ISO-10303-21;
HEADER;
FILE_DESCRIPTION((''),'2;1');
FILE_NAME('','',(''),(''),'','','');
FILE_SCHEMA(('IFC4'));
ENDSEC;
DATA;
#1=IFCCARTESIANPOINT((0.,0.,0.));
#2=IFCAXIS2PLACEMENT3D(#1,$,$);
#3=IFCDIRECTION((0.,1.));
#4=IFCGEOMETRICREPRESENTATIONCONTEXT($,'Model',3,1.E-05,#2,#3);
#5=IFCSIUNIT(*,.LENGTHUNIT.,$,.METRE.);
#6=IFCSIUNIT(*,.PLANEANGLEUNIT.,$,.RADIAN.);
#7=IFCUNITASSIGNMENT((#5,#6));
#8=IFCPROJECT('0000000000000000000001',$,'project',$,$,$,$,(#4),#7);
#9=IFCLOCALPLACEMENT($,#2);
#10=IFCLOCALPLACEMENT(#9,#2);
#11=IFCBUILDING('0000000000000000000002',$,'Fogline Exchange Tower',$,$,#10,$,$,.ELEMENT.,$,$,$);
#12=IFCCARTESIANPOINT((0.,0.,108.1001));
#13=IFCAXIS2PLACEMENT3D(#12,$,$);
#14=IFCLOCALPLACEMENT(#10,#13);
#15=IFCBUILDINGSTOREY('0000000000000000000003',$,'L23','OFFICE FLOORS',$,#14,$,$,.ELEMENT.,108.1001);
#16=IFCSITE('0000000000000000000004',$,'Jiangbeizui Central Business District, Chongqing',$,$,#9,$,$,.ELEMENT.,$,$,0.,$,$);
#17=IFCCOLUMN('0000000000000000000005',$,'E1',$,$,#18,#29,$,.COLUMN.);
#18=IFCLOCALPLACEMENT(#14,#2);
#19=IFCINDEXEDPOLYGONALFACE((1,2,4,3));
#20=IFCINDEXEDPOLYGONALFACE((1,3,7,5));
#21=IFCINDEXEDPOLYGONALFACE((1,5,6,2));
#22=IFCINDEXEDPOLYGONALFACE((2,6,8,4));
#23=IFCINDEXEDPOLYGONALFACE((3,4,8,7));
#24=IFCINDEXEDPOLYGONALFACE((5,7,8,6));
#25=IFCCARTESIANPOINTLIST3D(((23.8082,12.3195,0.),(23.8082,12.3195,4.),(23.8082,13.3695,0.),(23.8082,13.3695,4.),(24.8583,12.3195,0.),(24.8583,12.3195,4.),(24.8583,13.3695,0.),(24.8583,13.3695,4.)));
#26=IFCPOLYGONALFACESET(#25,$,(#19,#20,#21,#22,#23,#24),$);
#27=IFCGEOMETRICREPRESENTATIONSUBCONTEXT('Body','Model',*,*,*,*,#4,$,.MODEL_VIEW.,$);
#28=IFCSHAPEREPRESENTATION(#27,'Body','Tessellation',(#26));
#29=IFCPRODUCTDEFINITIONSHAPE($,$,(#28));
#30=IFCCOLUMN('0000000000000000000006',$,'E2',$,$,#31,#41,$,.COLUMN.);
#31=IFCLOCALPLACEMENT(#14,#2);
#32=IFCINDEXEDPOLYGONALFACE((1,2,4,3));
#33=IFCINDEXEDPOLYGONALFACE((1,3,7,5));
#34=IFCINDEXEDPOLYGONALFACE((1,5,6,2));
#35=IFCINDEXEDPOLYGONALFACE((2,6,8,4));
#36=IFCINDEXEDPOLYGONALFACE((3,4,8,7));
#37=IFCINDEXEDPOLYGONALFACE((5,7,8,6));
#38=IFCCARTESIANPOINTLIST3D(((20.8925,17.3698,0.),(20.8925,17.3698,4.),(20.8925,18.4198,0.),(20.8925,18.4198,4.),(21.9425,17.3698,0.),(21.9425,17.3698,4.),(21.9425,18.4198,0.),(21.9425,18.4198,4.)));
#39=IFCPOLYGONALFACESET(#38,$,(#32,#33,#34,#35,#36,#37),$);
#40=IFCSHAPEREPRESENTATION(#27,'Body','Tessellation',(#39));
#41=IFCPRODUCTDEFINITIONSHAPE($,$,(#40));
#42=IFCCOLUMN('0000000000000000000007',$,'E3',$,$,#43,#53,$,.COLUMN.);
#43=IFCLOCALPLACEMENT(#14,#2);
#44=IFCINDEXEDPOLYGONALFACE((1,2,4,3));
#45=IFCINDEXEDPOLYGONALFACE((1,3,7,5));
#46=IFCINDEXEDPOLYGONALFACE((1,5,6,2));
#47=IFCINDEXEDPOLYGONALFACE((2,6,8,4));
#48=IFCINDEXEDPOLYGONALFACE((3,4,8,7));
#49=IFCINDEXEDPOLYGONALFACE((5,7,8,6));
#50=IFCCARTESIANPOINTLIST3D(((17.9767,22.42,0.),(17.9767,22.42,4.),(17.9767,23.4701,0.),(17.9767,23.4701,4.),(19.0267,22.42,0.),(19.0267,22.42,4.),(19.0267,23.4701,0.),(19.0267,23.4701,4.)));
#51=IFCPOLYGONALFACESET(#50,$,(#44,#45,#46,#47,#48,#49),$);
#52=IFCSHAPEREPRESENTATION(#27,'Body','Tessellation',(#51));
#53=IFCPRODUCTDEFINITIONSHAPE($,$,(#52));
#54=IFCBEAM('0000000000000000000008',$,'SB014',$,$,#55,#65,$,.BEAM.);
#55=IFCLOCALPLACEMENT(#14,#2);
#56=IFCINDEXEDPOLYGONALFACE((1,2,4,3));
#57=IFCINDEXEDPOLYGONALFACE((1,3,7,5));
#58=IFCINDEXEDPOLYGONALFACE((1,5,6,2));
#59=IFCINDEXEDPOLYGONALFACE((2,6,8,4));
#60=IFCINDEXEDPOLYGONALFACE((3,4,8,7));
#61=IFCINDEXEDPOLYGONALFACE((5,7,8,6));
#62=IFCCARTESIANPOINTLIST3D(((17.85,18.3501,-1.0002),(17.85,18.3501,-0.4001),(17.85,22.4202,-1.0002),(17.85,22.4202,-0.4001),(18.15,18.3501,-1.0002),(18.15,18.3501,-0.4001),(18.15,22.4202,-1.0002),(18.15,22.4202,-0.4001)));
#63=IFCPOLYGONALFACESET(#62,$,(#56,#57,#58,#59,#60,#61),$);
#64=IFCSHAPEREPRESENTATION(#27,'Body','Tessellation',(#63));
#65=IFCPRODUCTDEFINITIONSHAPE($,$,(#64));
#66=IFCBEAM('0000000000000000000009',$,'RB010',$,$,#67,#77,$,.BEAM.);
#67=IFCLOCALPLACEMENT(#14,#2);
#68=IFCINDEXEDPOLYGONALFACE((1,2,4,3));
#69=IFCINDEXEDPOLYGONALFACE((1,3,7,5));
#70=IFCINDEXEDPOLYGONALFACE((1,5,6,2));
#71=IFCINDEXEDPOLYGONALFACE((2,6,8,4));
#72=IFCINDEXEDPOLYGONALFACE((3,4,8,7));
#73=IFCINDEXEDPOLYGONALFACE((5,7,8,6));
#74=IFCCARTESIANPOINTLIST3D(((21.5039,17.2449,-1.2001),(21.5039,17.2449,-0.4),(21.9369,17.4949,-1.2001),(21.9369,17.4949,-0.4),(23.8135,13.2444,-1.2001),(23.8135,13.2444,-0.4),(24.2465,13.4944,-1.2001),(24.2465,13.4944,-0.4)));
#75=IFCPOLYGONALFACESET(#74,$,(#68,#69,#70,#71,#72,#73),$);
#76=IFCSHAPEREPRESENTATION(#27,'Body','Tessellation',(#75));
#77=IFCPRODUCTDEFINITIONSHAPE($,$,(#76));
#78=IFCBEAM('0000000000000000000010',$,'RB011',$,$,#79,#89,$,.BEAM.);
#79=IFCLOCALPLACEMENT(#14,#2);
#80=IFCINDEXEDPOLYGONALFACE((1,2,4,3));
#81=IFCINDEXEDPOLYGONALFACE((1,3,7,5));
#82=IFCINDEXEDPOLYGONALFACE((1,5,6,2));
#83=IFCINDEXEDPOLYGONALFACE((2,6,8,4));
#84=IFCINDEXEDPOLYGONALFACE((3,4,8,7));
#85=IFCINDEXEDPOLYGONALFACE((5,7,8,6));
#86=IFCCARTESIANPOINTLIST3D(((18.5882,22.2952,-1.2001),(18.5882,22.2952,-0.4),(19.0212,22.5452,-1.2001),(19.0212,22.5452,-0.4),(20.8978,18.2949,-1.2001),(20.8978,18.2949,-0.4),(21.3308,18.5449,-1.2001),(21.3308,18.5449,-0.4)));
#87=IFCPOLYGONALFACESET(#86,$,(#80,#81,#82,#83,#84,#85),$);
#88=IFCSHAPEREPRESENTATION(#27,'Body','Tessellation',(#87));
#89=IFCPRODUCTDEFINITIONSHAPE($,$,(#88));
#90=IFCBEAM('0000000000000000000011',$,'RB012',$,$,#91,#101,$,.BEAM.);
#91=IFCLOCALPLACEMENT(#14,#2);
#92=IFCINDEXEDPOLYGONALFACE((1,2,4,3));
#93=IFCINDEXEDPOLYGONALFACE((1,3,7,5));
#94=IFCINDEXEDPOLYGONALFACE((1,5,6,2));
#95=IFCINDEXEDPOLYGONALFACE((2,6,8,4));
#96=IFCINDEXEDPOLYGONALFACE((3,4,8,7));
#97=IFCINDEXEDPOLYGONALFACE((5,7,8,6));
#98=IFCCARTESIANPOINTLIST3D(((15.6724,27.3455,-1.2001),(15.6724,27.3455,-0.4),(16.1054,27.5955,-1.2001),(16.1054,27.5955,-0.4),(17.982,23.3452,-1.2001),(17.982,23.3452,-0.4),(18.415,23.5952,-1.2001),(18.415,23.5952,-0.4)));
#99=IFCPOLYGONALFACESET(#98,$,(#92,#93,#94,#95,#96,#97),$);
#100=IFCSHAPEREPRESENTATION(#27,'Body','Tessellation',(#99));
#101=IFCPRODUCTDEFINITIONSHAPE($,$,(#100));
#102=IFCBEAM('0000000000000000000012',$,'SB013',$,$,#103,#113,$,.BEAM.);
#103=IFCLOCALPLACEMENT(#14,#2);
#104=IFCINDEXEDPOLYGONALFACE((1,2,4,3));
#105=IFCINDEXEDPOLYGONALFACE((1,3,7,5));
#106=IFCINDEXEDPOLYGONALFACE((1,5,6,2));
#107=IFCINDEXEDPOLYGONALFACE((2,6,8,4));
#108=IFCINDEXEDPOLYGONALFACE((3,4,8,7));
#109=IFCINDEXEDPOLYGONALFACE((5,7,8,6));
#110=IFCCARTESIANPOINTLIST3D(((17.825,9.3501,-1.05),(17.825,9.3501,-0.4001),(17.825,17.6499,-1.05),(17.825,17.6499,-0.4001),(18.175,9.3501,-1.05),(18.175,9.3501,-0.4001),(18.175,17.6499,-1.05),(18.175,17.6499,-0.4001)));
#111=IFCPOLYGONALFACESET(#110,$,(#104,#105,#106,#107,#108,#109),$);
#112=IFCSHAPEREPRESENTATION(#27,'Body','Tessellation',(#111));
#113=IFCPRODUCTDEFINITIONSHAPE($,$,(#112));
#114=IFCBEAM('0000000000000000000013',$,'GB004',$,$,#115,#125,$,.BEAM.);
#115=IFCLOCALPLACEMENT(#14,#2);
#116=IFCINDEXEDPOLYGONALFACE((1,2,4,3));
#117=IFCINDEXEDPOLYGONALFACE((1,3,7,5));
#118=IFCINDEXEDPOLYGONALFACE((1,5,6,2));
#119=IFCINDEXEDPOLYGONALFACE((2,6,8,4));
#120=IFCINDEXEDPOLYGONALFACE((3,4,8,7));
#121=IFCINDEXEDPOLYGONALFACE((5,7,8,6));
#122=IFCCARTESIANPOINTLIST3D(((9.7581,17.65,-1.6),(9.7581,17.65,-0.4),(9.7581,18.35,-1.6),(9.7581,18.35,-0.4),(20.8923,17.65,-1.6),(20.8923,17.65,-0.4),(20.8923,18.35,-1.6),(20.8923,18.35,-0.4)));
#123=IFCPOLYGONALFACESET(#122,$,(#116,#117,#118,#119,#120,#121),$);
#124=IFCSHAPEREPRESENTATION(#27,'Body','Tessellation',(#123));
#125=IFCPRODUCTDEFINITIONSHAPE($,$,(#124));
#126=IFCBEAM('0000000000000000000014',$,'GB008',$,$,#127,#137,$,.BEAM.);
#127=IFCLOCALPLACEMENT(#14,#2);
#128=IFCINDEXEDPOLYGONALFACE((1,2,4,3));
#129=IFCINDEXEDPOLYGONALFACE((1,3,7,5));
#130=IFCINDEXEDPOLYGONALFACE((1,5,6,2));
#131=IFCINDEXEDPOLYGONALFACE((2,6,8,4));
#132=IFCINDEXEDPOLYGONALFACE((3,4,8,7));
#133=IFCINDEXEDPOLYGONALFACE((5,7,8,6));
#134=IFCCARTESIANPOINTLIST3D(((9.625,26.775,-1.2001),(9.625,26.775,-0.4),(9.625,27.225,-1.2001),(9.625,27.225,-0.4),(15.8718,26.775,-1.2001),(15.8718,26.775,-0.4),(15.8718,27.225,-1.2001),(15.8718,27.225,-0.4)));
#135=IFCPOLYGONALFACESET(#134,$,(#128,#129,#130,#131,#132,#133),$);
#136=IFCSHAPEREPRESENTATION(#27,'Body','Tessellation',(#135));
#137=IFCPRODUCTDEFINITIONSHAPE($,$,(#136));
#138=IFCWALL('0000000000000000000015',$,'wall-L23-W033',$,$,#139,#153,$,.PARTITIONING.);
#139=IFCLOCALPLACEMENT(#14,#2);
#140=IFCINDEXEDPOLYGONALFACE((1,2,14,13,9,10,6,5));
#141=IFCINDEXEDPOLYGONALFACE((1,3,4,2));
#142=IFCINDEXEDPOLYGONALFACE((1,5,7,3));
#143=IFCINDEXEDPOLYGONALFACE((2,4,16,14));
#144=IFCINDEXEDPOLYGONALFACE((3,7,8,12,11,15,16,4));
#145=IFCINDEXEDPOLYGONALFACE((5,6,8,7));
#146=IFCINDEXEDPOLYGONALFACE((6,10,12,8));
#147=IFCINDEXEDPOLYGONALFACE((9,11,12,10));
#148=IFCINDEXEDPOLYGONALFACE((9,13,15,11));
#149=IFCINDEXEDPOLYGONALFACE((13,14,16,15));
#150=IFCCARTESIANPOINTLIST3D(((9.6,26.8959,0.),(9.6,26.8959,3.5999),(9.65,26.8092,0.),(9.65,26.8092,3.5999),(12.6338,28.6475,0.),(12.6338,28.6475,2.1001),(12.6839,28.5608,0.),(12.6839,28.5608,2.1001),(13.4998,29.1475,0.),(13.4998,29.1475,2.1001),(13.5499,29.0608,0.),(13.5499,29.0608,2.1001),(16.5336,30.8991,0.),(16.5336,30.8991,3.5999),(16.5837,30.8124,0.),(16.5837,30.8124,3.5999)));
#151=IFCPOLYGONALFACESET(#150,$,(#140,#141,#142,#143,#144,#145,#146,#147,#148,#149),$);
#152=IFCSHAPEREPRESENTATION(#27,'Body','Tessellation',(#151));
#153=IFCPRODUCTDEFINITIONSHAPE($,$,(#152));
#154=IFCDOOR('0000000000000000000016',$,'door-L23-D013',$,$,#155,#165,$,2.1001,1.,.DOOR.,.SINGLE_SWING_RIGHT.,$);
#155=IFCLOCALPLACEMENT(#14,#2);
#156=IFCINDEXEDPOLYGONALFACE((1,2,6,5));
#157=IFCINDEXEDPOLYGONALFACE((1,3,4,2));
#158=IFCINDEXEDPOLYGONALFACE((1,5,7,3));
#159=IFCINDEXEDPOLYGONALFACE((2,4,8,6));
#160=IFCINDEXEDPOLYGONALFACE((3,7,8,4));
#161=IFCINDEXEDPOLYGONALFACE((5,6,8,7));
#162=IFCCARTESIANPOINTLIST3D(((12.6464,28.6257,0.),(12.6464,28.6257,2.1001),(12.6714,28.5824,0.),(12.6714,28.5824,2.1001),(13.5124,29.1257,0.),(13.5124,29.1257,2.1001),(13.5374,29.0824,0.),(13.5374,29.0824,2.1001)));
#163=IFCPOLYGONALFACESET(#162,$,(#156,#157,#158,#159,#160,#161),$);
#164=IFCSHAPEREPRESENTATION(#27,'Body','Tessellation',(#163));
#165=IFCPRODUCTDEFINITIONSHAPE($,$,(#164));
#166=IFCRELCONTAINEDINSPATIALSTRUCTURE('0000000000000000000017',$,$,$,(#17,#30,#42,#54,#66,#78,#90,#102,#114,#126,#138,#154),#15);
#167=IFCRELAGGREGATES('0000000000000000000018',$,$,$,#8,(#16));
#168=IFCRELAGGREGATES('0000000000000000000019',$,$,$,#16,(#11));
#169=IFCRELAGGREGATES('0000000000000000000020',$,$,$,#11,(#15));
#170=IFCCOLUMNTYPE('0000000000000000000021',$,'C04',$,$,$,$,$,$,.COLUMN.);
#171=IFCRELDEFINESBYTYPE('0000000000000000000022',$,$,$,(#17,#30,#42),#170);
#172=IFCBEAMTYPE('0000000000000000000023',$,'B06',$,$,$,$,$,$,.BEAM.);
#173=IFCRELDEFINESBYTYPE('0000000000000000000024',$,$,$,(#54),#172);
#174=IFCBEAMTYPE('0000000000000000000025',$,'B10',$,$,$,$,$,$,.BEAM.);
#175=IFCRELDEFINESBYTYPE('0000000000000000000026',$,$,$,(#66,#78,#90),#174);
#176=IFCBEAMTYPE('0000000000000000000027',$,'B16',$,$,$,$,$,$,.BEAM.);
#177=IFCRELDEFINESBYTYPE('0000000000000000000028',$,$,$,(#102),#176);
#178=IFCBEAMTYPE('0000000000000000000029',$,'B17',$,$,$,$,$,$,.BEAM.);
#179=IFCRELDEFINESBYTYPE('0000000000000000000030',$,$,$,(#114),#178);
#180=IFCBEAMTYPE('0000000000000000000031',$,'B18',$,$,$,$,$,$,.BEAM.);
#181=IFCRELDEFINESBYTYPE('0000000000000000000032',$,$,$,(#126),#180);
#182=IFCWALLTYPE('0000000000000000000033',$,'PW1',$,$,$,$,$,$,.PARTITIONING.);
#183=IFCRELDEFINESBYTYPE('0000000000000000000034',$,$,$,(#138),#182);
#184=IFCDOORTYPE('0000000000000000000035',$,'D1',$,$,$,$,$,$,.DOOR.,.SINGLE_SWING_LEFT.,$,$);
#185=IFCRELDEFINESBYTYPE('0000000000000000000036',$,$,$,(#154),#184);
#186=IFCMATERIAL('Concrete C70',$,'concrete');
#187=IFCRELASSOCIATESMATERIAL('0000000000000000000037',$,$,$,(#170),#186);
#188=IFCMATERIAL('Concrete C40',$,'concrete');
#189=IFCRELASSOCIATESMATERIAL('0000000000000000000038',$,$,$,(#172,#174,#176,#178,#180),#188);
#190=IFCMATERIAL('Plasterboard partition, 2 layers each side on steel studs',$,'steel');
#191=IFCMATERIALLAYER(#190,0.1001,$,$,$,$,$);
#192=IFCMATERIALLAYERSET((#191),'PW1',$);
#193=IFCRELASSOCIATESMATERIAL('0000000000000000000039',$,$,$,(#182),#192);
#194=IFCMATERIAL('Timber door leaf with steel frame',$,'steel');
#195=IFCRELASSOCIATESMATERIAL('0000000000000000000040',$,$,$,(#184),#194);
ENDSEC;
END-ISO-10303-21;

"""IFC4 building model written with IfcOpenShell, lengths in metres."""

from ifc_helpers import new_model, si_unit, direction, frame, frame_2d, origin, origin_2d, place, context, subcontext, project, spatial, rectangle, extrude, material, layer, layer_set, material_profile, profile_set, type_object, element, fill, save


model = new_model("IFC4")

# Units and contexts
model_context = context("Model", 3, precision=1e-05, world=origin(), true_north=direction((0.0, 1.0)))
body_context = subcontext(model_context, "Body", "Model", "MODEL_VIEW")
ifc_project = project(units=[si_unit("LENGTHUNIT", "METRE"), si_unit("PLANEANGLEUNIT", "RADIAN")], contexts=[model_context])

# Site, building, storey
site_placement = place(None, origin())
site = spatial("IfcSite", under=ifc_project, at=site_placement, Name="Jiangbeizui Central Business District, Chongqing", CompositionType="ELEMENT", RefElevation=0.0)
building_placement = place(site_placement, origin())
building = spatial("IfcBuilding", under=site, at=building_placement, Name="Fogline Exchange Tower", CompositionType="ELEMENT")
storey_placement = place(building_placement, frame((0.0, 0.0, 108.1001)))
storey = spatial("IfcBuildingStorey", under=building, at=storey_placement, Name="L23", Description="OFFICE FLOORS", CompositionType="ELEMENT", Elevation=108.1001)

# Columns
ifc_material_1 = material(Name="Concrete C70", Category="concrete")
ifc_material_profile_1 = material_profile(ifc_material_1, rectangle(XDim=1.05, YDim=1.05, at=origin_2d()), Name="RC 1050x1050")
ifc_profile_set_1 = profile_set([ifc_material_profile_1], Name="Concrete C70")
column_type = type_object("IfcColumnType", Name="C04", PredefinedType="COLUMN", material=ifc_profile_set_1)
for number, where, z_axis, x_axis, name in (
    (1, (24.3333, 12.8445, 0.0), (0.0, 0.0, 1.0), (1.0, 0.0, 0.0), "E1"),
    (2, (21.4175, 17.8948, 0.0), (0.0, 0.0, 1.0), (1.0, 0.0, 0.0), "E2"),
    (3, (18.5017, 22.9451, 0.0), (0.0, 0.0, 1.0), (1.0, 0.0, 0.0), "E3"),
):
    element("IfcColumn", number, at=place(storey_placement, frame(where, z_axis=z_axis, x_axis=x_axis)), inside=storey, type_object=column_type, Name=name, PredefinedType="COLUMN", context=body_context, shape_type="SweptSolid", body=[
        extrude(rectangle(XDim=1.05, YDim=1.05, at=origin_2d()), origin(), (0.0, 0.0, 1.0), 4.0),
    ])

# Beams
ifc_material_2 = material(Name="Concrete C40", Category="concrete")
ifc_material_profile_2 = material_profile(ifc_material_2, rectangle(XDim=0.3, YDim=0.6001, at=origin_2d()), Name="RC 300x600")
ifc_profile_set_2 = profile_set([ifc_material_profile_2], Name="Concrete C40")
beam_type_1 = type_object("IfcBeamType", Name="B06", PredefinedType="BEAM", material=ifc_profile_set_2)
beam_1_placement = place(storey_placement, frame((18.0, 18.3501, -0.7002), z_axis=(0.0, 1.0, 0.0), x_axis=(-1.0, 0.0, 0.0)))
element("IfcBeam", 4, at=beam_1_placement, inside=storey, type_object=beam_type_1, Name="SB014", PredefinedType="BEAM", context=body_context, shape_type="SweptSolid", body=[
    extrude(rectangle(XDim=0.3, YDim=0.6001, at=origin_2d()), origin(), (0.0, 0.0, 1.0), 4.0701),
])
ifc_material_profile_3 = material_profile(ifc_material_2, rectangle(XDim=0.5, YDim=0.8, at=origin_2d()), Name="RC 500x800")
ifc_profile_set_3 = profile_set([ifc_material_profile_3], Name="Concrete C40")
beam_type_2 = type_object("IfcBeamType", Name="B10", PredefinedType="BEAM", material=ifc_profile_set_3)
beam_2_placement = place(storey_placement, frame((24.03, 13.3694, -0.8), z_axis=(-0.499982, 0.866036, 0.0), x_axis=(-0.866036, -0.499982, 0.0)))
element("IfcBeam", 5, at=beam_2_placement, inside=storey, type_object=beam_type_2, Name="RB010", PredefinedType="BEAM", context=body_context, shape_type="SweptSolid", body=[
    extrude(rectangle(XDim=0.5, YDim=0.8, at=origin_2d()), origin(), (0.0, 0.0, 1.0), 4.6194),
])
for number, where, z_axis, x_axis, name in (
    (6, (21.1143, 18.4199, -0.8), (-0.500005, 0.866023, 0.0), (-0.866023, -0.500005, 0.0), "RB011"),
    (7, (18.1985, 23.4702, -0.8), (-0.500005, 0.866023, 0.0), (-0.866023, -0.500005, 0.0), "RB012"),
):
    element("IfcBeam", number, at=place(storey_placement, frame(where, z_axis=z_axis, x_axis=x_axis)), inside=storey, type_object=beam_type_2, Name=name, PredefinedType="BEAM", context=body_context, shape_type="SweptSolid", body=[
        extrude(rectangle(XDim=0.5, YDim=0.8, at=origin_2d()), origin(), (0.0, 0.0, 1.0), 4.6191),
    ])
ifc_material_profile_4 = material_profile(ifc_material_2, rectangle(XDim=0.3501, YDim=0.6499, at=origin_2d()), Name="RC 350x650")
ifc_profile_set_4 = profile_set([ifc_material_profile_4], Name="Concrete C40")
beam_type_3 = type_object("IfcBeamType", Name="B16", PredefinedType="BEAM", material=ifc_profile_set_4)
beam_3_placement = place(storey_placement, frame((18.0, 9.3501, -0.7251), z_axis=(0.0, 1.0, 0.0), x_axis=(-1.0, 0.0, 0.0)))
element("IfcBeam", 8, at=beam_3_placement, inside=storey, type_object=beam_type_3, Name="SB013", PredefinedType="BEAM", context=body_context, shape_type="SweptSolid", body=[
    extrude(rectangle(XDim=0.3501, YDim=0.6499, at=origin_2d()), origin(), (0.0, 0.0, 1.0), 8.2998),
])
ifc_material_profile_5 = material_profile(ifc_material_2, rectangle(XDim=0.7, YDim=1.2, at=origin_2d()), Name="RC 700x1200")
ifc_profile_set_5 = profile_set([ifc_material_profile_5], Name="Concrete C40")
beam_type_4 = type_object("IfcBeamType", Name="B17", PredefinedType="BEAM", material=ifc_profile_set_5)
beam_4_placement = place(storey_placement, frame((9.7581, 18.0, -1.0), z_axis=(1.0, 0.0, 0.0), x_axis=(0.0, 1.0, 0.0)))
element("IfcBeam", 9, at=beam_4_placement, inside=storey, type_object=beam_type_4, Name="GB004", PredefinedType="BEAM", context=body_context, shape_type="SweptSolid", body=[
    extrude(rectangle(XDim=0.7, YDim=1.2, at=origin_2d()), origin(), (0.0, 0.0, 1.0), 11.1343),
])
ifc_material_profile_6 = material_profile(ifc_material_2, rectangle(XDim=0.45, YDim=0.8, at=origin_2d()), Name="RC 450x800")
ifc_profile_set_6 = profile_set([ifc_material_profile_6], Name="Concrete C40")
beam_type_5 = type_object("IfcBeamType", Name="B18", PredefinedType="BEAM", material=ifc_profile_set_6)
beam_5_placement = place(storey_placement, frame((9.625, 27.0, -0.8), z_axis=(1.0, 0.0, 0.0), x_axis=(0.0, 1.0, 0.0)))
element("IfcBeam", 10, at=beam_5_placement, inside=storey, type_object=beam_type_5, Name="GB008", PredefinedType="BEAM", context=body_context, shape_type="SweptSolid", body=[
    extrude(rectangle(XDim=0.45, YDim=0.8, at=origin_2d()), origin(), (0.0, 0.0, 1.0), 6.2468),
])

# Wall, opening, door
ifc_material_3 = material(Name="Plasterboard partition, 2 layers each side on steel studs", Category="steel")
ifc_layer_1 = layer(ifc_material_3, 0.1001)
ifc_layer_set_1 = layer_set([ifc_layer_1], Name="PW1")
wall_type_1 = type_object("IfcWallType", Name="PW1", PredefinedType="PARTITIONING", material=ifc_layer_set_1)
wall_1_placement = place(storey_placement, frame((9.625, 26.8525, 0.0), z_axis=(0.0, 0.0, 1.0), x_axis=(0.866022, 0.500006, 0.0)))
wall_1 = element("IfcWall", 11, at=wall_1_placement, inside=storey, type_object=wall_type_1, Name="wall-L23-W033", PredefinedType="PARTITIONING", context=body_context, shape_type="SweptSolid", body=[
    extrude(rectangle(XDim=8.0063, YDim=0.1001, at=frame_2d((4.0032, 0.0))), origin(), (0.0, 0.0, 1.0), 3.5999),
])
opening_1_placement = place(wall_1_placement, frame((3.5032, 0.0, 0.0)))
opening_1 = element("IfcOpeningElement", 12, at=opening_1_placement, cuts=wall_1, PredefinedType="OPENING", context=body_context, shape_type="SweptSolid", body=[
    extrude(rectangle(XDim=1.0, YDim=2.1001, at=frame_2d((0.5, 1.05))), frame((0.0, 0.0601, 0.0), z_axis=(0.0, -1.0, 0.0), x_axis=(1.0, 0.0, 0.0)), (0.0, 0.0, 1.0), 0.1201),
])
ifc_material_4 = material(Name="Timber door leaf with steel frame", Category="steel")
door_type_1 = type_object("IfcDoorType", Name="D1", OperationType="SINGLE_SWING_LEFT", PredefinedType="DOOR", material=ifc_material_4)
door_1_placement = place(opening_1_placement, origin())
door_1 = element("IfcDoor", 13, at=door_1_placement, inside=storey, type_object=door_type_1, Name="door-L23-D013", OperationType="SINGLE_SWING_RIGHT", OverallHeight=2.1001, OverallWidth=1.0, PredefinedType="DOOR", context=body_context, shape_type="SweptSolid", body=[
    extrude(rectangle(XDim=1.0, YDim=2.1001, at=frame_2d((0.5, 1.05))), frame((0.0, 0.0249, 0.0), z_axis=(0.0, -1.0, 0.0), x_axis=(1.0, 0.0, 0.0)), (0.0, 0.0, 1.0), 0.05),
])
fill(opening_1, door_1)

save(model, "model.ifc")
